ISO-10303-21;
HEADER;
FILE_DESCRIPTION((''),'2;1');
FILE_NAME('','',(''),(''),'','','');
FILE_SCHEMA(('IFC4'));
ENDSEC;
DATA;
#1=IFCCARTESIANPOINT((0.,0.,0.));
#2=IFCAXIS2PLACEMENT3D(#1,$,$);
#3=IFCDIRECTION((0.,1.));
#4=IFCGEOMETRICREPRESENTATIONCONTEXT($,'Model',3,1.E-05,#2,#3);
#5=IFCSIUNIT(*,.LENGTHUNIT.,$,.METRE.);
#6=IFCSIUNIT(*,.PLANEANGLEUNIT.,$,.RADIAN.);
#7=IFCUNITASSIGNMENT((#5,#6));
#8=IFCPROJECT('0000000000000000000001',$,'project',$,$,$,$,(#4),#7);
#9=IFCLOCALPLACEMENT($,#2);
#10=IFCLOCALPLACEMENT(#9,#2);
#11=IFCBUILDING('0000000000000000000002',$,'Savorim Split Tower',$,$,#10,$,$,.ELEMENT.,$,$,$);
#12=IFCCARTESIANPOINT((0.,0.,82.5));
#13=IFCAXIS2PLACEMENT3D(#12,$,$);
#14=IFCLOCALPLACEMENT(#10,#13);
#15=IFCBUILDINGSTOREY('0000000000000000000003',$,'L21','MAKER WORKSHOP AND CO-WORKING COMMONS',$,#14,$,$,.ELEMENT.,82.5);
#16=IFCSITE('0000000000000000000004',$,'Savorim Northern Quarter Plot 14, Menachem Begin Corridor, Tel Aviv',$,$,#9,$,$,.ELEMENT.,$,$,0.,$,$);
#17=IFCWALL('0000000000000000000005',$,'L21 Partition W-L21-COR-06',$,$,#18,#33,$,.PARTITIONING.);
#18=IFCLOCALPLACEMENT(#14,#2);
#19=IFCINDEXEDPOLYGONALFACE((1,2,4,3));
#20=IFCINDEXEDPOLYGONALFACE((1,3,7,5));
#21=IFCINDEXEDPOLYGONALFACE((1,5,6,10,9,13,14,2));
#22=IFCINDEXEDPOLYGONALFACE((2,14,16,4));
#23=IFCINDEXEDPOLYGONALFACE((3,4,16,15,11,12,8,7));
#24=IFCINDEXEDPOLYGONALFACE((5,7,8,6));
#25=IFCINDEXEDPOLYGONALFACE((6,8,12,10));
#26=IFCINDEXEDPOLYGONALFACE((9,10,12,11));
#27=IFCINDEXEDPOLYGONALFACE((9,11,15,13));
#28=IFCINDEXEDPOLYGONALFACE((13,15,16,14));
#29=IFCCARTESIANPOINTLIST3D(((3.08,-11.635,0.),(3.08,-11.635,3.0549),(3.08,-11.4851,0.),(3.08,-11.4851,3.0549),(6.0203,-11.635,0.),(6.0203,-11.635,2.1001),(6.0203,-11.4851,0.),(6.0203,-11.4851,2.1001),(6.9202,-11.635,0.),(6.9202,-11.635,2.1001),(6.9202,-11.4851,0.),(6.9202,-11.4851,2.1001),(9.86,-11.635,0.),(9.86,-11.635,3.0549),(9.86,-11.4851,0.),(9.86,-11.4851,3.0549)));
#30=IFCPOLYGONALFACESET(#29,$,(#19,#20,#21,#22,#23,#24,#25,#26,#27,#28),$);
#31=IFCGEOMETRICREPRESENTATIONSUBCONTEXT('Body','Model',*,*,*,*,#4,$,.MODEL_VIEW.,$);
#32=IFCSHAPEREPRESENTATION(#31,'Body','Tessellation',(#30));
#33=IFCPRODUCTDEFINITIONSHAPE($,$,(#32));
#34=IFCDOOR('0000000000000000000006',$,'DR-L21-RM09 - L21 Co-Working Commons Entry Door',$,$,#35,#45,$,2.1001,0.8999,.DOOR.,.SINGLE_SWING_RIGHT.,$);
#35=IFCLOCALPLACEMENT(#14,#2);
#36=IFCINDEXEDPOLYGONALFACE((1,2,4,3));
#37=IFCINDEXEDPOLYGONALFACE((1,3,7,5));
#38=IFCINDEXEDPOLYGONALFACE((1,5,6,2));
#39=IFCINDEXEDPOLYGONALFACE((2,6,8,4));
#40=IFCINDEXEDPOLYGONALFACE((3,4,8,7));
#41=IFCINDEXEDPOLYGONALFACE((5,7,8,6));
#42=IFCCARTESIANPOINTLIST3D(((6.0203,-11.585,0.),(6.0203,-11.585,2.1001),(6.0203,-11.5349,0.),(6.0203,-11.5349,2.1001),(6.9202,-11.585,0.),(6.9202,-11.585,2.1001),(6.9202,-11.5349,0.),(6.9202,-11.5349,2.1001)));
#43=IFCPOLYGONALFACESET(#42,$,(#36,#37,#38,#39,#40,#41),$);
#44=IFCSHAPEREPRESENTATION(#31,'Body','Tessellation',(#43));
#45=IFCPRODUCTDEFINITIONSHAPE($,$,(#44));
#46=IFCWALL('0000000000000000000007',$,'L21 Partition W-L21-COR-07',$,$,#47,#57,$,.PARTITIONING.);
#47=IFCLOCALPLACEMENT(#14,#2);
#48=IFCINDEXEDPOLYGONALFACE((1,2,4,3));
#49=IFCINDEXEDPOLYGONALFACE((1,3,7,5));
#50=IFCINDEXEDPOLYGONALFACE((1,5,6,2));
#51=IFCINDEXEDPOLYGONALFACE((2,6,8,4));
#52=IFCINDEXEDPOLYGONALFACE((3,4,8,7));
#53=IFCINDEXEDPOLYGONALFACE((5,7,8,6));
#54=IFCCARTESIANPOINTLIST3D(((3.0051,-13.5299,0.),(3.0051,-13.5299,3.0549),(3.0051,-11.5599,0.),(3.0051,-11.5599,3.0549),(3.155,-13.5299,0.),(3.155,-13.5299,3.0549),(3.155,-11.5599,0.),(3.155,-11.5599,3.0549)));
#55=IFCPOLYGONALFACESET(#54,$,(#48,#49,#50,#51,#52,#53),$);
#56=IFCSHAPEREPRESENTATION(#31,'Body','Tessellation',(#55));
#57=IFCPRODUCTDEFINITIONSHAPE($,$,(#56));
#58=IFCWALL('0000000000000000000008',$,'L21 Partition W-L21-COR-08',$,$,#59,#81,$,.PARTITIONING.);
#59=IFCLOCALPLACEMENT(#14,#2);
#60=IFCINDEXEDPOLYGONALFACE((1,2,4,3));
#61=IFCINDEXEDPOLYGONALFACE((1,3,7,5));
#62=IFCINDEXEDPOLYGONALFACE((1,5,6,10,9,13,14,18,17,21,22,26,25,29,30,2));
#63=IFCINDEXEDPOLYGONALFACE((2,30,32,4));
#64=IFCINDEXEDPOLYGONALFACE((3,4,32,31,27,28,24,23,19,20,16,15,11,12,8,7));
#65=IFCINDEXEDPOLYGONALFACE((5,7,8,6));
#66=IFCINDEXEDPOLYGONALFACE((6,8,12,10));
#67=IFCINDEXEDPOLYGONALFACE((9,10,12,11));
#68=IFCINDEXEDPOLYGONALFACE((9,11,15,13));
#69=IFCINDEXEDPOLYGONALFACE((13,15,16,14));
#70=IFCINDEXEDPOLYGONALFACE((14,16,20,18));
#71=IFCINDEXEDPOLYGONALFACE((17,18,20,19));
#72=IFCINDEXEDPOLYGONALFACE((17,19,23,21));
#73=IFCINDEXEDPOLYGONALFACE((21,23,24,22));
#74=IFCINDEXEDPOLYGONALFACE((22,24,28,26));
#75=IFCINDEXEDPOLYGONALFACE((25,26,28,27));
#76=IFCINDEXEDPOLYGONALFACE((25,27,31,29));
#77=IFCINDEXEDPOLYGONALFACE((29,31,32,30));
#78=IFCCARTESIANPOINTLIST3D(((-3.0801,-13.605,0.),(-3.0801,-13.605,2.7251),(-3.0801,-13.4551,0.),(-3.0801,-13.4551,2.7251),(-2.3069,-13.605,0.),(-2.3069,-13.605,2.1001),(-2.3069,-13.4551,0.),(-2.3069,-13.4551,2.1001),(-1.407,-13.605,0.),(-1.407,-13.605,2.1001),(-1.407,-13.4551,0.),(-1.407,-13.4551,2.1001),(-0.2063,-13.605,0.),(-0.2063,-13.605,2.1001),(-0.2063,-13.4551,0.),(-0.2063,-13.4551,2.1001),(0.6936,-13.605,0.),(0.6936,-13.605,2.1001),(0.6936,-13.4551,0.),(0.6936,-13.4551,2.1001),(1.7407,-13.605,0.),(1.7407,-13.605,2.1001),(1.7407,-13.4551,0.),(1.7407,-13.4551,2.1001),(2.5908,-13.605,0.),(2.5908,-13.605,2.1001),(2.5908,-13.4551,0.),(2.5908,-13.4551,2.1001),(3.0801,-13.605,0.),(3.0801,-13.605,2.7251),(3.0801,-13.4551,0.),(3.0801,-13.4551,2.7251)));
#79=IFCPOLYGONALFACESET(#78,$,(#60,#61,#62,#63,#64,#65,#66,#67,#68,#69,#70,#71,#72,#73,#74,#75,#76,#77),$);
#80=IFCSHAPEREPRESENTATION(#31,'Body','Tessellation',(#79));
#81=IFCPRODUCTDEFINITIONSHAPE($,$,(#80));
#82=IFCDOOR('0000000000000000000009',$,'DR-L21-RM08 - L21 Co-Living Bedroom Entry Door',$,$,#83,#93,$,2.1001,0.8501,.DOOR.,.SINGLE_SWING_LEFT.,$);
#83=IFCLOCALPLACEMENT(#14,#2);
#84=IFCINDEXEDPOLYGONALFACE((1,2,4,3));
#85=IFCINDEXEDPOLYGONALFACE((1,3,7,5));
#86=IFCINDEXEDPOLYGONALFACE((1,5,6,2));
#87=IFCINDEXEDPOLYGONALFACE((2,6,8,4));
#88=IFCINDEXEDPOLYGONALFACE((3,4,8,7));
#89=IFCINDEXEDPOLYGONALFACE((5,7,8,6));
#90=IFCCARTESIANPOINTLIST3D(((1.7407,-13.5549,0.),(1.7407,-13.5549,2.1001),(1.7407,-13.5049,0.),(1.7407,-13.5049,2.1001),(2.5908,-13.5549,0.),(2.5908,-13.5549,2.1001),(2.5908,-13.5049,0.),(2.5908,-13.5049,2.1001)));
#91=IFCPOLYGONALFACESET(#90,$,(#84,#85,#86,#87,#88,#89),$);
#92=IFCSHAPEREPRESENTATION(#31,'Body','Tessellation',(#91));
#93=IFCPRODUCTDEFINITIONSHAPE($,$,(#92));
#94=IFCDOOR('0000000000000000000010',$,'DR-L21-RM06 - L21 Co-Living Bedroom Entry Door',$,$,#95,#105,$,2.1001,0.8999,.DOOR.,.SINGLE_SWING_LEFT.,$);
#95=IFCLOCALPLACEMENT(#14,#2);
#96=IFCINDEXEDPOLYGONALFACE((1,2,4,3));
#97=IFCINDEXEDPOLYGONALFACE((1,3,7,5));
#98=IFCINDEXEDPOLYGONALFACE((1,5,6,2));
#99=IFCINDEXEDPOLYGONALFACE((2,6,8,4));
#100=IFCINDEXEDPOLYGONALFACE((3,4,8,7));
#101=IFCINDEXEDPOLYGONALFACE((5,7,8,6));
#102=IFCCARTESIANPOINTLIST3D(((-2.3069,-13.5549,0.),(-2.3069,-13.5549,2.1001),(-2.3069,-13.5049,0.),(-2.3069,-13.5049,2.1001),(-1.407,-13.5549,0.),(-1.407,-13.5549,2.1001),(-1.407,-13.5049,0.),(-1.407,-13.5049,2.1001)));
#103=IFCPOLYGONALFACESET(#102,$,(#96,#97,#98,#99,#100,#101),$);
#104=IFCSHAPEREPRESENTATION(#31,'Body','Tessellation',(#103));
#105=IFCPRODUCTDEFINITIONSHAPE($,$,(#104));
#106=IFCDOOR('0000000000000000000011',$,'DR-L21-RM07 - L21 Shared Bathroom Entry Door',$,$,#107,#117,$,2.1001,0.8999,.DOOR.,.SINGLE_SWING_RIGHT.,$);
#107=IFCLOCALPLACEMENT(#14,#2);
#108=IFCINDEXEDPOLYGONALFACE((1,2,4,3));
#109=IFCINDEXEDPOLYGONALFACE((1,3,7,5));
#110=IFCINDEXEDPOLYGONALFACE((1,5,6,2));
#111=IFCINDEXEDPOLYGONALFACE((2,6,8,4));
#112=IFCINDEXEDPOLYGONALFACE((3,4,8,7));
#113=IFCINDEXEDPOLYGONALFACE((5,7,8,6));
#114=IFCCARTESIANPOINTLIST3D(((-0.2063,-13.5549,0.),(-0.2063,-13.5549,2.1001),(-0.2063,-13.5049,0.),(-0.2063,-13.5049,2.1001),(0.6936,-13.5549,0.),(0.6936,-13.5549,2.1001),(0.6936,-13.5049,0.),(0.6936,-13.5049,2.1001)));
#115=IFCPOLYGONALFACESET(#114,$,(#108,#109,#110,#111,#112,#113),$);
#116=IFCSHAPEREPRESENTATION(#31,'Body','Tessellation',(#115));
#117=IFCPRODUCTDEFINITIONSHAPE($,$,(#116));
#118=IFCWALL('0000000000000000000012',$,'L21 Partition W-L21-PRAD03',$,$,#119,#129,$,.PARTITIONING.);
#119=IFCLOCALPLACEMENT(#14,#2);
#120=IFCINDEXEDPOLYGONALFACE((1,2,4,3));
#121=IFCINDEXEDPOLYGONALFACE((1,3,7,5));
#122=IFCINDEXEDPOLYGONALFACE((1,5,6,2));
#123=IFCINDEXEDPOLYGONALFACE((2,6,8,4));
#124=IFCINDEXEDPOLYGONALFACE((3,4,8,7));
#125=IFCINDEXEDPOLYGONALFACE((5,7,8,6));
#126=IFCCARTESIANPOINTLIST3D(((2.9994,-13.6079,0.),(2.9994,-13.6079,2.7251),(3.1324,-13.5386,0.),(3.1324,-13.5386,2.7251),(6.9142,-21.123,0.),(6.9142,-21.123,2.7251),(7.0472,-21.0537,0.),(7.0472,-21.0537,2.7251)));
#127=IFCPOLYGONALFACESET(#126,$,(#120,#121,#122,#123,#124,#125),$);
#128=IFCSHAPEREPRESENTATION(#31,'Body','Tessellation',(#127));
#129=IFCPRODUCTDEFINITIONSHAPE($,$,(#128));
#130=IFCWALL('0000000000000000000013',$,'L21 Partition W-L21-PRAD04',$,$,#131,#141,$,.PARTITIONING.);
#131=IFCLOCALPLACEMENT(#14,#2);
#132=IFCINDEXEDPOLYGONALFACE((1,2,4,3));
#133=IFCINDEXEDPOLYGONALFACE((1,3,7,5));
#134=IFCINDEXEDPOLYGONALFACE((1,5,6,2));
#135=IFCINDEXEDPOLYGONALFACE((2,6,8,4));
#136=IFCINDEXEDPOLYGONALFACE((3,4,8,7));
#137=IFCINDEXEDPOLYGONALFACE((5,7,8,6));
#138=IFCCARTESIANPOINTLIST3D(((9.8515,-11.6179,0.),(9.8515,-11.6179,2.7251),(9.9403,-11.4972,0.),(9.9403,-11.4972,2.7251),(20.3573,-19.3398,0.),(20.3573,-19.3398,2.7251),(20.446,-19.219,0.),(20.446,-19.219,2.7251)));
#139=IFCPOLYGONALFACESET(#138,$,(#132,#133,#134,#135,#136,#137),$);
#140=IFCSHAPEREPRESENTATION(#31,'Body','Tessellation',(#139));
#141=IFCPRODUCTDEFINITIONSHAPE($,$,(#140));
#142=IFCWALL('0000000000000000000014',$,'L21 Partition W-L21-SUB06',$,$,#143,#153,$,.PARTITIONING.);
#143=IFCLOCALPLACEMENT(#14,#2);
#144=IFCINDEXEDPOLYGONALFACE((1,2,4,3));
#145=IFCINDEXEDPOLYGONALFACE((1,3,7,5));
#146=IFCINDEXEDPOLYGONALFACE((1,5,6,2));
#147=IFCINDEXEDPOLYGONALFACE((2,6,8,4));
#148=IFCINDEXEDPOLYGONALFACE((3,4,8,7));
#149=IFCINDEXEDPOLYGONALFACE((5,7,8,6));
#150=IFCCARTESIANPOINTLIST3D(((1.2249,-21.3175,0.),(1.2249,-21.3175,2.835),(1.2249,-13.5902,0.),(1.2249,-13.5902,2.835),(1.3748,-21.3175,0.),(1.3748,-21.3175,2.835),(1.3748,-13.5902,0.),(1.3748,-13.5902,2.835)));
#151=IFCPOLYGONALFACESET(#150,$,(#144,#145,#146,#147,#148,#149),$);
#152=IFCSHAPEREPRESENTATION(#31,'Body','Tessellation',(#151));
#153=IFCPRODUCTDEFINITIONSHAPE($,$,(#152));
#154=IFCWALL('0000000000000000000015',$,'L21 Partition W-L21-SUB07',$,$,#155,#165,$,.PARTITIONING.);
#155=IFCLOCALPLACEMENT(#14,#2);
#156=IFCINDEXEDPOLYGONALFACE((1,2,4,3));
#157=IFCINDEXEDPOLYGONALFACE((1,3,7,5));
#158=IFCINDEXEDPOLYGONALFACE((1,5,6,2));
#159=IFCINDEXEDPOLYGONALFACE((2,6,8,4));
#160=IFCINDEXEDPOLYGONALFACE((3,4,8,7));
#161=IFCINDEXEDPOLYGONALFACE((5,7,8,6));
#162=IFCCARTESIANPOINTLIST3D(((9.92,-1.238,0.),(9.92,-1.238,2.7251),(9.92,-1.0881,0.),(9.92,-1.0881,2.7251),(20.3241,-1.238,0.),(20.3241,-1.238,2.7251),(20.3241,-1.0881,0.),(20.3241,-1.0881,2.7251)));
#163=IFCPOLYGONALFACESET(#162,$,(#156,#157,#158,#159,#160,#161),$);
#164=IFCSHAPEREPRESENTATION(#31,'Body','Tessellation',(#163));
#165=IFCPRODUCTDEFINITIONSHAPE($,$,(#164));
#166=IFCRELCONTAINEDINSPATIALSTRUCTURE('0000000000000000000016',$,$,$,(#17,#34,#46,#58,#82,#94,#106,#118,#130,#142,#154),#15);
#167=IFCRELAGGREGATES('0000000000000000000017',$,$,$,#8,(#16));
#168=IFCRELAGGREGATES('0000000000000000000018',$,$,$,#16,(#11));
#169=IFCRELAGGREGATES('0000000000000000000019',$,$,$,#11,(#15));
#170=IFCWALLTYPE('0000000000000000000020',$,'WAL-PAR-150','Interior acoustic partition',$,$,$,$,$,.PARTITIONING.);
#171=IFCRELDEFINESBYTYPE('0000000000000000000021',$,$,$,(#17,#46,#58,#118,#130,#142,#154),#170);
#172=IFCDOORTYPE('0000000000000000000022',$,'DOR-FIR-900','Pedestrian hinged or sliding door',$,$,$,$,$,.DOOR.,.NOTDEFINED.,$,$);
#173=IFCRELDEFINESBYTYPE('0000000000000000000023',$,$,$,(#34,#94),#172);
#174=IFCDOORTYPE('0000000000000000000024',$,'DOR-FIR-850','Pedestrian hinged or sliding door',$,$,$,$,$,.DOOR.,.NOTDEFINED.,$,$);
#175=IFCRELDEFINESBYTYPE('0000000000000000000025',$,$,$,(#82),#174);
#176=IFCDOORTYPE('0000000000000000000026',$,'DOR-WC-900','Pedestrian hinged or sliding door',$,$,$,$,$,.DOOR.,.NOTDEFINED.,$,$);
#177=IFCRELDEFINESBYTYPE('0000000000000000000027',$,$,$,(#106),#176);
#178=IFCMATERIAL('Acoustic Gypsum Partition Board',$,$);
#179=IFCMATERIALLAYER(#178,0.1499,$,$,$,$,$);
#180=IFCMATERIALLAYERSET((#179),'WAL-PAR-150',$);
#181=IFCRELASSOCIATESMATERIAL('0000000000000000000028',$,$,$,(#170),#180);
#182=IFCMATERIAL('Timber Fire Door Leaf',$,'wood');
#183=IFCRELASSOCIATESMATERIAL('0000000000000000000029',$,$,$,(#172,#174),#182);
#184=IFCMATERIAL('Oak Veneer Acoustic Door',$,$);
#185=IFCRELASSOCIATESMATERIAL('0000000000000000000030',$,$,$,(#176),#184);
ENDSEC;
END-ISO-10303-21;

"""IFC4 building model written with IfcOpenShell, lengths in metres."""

from ifc_helpers import new_model, si_unit, direction, frame, frame_2d, origin, place, context, subcontext, project, spatial, rectangle, extrude, material, layer, layer_set, type_object, element, fill, save


model = new_model("IFC4")

# Units and contexts
model_context = context("Model", 3, precision=1e-05, world=origin(), true_north=direction((0.0, 1.0)))
body_context = subcontext(model_context, "Body", "Model", "MODEL_VIEW")
ifc_project = project(units=[si_unit("LENGTHUNIT", "METRE"), si_unit("PLANEANGLEUNIT", "RADIAN")], contexts=[model_context])

# Site, building, storey
site_placement = place(None, origin())
site = spatial("IfcSite", under=ifc_project, at=site_placement, Name="Savorim Northern Quarter Plot 14, Menachem Begin Corridor, Tel Aviv", CompositionType="ELEMENT", RefElevation=0.0)
building_placement = place(site_placement, origin())
building = spatial("IfcBuilding", under=site, at=building_placement, Name="Savorim Split Tower", CompositionType="ELEMENT")
storey_placement = place(building_placement, frame((0.0, 0.0, 82.5)))
storey = spatial("IfcBuildingStorey", under=building, at=storey_placement, Name="L21", Description="MAKER WORKSHOP AND CO-WORKING COMMONS", CompositionType="ELEMENT", Elevation=82.5)

# Shared definitions
ifc_material_1 = material(Name="Acoustic Gypsum Partition Board")
ifc_layer_1 = layer(ifc_material_1, 0.1499)
ifc_layer_set_1 = layer_set([ifc_layer_1], Name="WAL-PAR-150")
wall_type_1 = type_object("IfcWallType", Name="WAL-PAR-150", Description="Interior acoustic partition", PredefinedType="PARTITIONING", material=ifc_layer_set_1)

# Wall, opening, door
ifc_material_2 = material(Name="Timber Fire Door Leaf", Category="wood")
door_type_1 = type_object("IfcDoorType", Name="DOR-FIR-900", Description="Pedestrian hinged or sliding door", OperationType="NOTDEFINED", PredefinedType="DOOR", material=ifc_material_2)
wall_1_placement = place(storey_placement, frame((9.8601, -11.5601, 0.0), z_axis=(0.0, 0.0, 1.0), x_axis=(-1.0, 0.0, 0.0)))
wall_1 = element("IfcWall", 1, at=wall_1_placement, inside=storey, type_object=wall_type_1, Name="L21 Partition W-L21-COR-06", PredefinedType="PARTITIONING", context=body_context, shape_type="SweptSolid", body=[
    extrude(rectangle(XDim=6.78, YDim=0.1499, at=frame_2d((3.3901, 0.0))), origin(), (0.0, 0.0, 1.0), 3.0549),
])
opening_1_placement = place(wall_1_placement, frame((2.9399, 0.0, 0.0)))
opening_1 = element("IfcOpeningElement", 2, at=opening_1_placement, cuts=wall_1, PredefinedType="OPENING", context=body_context, shape_type="SweptSolid", body=[
    extrude(rectangle(XDim=0.8999, YDim=2.1001, at=frame_2d((0.45, 1.05))), frame((0.0, 0.085, 0.0), z_axis=(0.0, -1.0, 0.0), x_axis=(1.0, 0.0, 0.0)), (0.0, 0.0, 1.0), 0.1699),
])
door_1_placement = place(opening_1_placement, origin())
door_1 = element("IfcDoor", 3, at=door_1_placement, inside=storey, type_object=door_type_1, Name="DR-L21-RM09 - L21 Co-Working Commons Entry Door", OperationType="SINGLE_SWING_RIGHT", OverallHeight=2.1001, OverallWidth=0.8999, PredefinedType="DOOR", context=body_context, shape_type="SweptSolid", body=[
    extrude(rectangle(XDim=0.8999, YDim=2.1001, at=frame_2d((0.45, 1.05))), frame((0.0, 0.0249, 0.0), z_axis=(0.0, -1.0, 0.0), x_axis=(1.0, 0.0, 0.0)), (0.0, 0.0, 1.0), 0.05),
])
fill(opening_1, door_1)

# Wall
wall_2_placement = place(storey_placement, frame((3.0801, -11.5601, 0.0), z_axis=(0.0, 0.0, 1.0), x_axis=(0.0, -1.0, 0.0)))
element("IfcWall", 4, at=wall_2_placement, inside=storey, type_object=wall_type_1, Name="L21 Partition W-L21-COR-07", PredefinedType="PARTITIONING", context=body_context, shape_type="SweptSolid", body=[
    extrude(rectangle(XDim=1.97, YDim=0.1499, at=frame_2d((0.9849, 0.0))), origin(), (0.0, 0.0, 1.0), 3.0549),
])

# Wall, openings, doors
wall_3_placement = place(storey_placement, frame((3.0801, -13.53, 0.0), z_axis=(0.0, 0.0, 1.0), x_axis=(-1.0, 0.0, 0.0)))
wall_3 = element("IfcWall", 5, at=wall_3_placement, inside=storey, type_object=wall_type_1, Name="L21 Partition W-L21-COR-08", PredefinedType="PARTITIONING", context=body_context, shape_type="SweptSolid", body=[
    extrude(rectangle(XDim=6.1602, YDim=0.1499, at=frame_2d((3.0801, 0.0))), origin(), (0.0, 0.0, 1.0), 2.7251),
])
opening_2_placement = place(wall_3_placement, frame((4.4871, 0.0, 0.0)))
opening_2 = element("IfcOpeningElement", 6, at=opening_2_placement, cuts=wall_3, PredefinedType="OPENING", context=body_context, shape_type="SweptSolid", body=[
    extrude(rectangle(XDim=0.8999, YDim=2.1001, at=frame_2d((0.45, 1.05))), frame((0.0, 0.085, 0.0), z_axis=(0.0, -1.0, 0.0), x_axis=(1.0, 0.0, 0.0)), (0.0, 0.0, 1.0), 0.1699),
])
opening_3_placement = place(wall_3_placement, frame((2.3865, 0.0, 0.0)))
opening_3 = element("IfcOpeningElement", 7, at=opening_3_placement, cuts=wall_3, PredefinedType="OPENING", context=body_context, shape_type="SweptSolid", body=[
    extrude(rectangle(XDim=0.8999, YDim=2.1001, at=frame_2d((0.45, 1.05))), frame((0.0, 0.085, 0.0), z_axis=(0.0, -1.0, 0.0), x_axis=(1.0, 0.0, 0.0)), (0.0, 0.0, 1.0), 0.1699),
])
opening_4_placement = place(wall_3_placement, frame((0.4893, 0.0, 0.0)))
opening_4 = element("IfcOpeningElement", 8, at=opening_4_placement, cuts=wall_3, PredefinedType="OPENING", context=body_context, shape_type="SweptSolid", body=[
    extrude(rectangle(XDim=0.8501, YDim=2.1001, at=frame_2d((0.425, 1.05))), frame((0.0, 0.085, 0.0), z_axis=(0.0, -1.0, 0.0), x_axis=(1.0, 0.0, 0.0)), (0.0, 0.0, 1.0), 0.1699),
])
door_type_2 = type_object("IfcDoorType", Name="DOR-FIR-850", Description="Pedestrian hinged or sliding door", OperationType="NOTDEFINED", PredefinedType="DOOR", material=ifc_material_2)
door_2_placement = place(opening_4_placement, origin())
door_2 = element("IfcDoor", 9, at=door_2_placement, inside=storey, type_object=door_type_2, Name="DR-L21-RM08 - L21 Co-Living Bedroom Entry Door", OperationType="SINGLE_SWING_LEFT", OverallHeight=2.1001, OverallWidth=0.8501, PredefinedType="DOOR", context=body_context, shape_type="SweptSolid", body=[
    extrude(rectangle(XDim=0.8501, YDim=2.1001, at=frame_2d((0.425, 1.05))), frame((0.0, 0.0249, 0.0), z_axis=(0.0, -1.0, 0.0), x_axis=(1.0, 0.0, 0.0)), (0.0, 0.0, 1.0), 0.05),
])
fill(opening_4, door_2)
door_3_placement = place(opening_2_placement, origin())
door_3 = element("IfcDoor", 10, at=door_3_placement, inside=storey, type_object=door_type_1, Name="DR-L21-RM06 - L21 Co-Living Bedroom Entry Door", OperationType="SINGLE_SWING_LEFT", OverallHeight=2.1001, OverallWidth=0.8999, PredefinedType="DOOR", context=body_context, shape_type="SweptSolid", body=[
    extrude(rectangle(XDim=0.8999, YDim=2.1001, at=frame_2d((0.45, 1.05))), frame((0.0, 0.0249, 0.0), z_axis=(0.0, -1.0, 0.0), x_axis=(1.0, 0.0, 0.0)), (0.0, 0.0, 1.0), 0.05),
])
fill(opening_2, door_3)
ifc_material_3 = material(Name="Oak Veneer Acoustic Door")
door_type_3 = type_object("IfcDoorType", Name="DOR-WC-900", Description="Pedestrian hinged or sliding door", OperationType="NOTDEFINED", PredefinedType="DOOR", material=ifc_material_3)
door_4_placement = place(opening_3_placement, origin())
door_4 = element("IfcDoor", 11, at=door_4_placement, inside=storey, type_object=door_type_3, Name="DR-L21-RM07 - L21 Shared Bathroom Entry Door", OperationType="SINGLE_SWING_RIGHT", OverallHeight=2.1001, OverallWidth=0.8999, PredefinedType="DOOR", context=body_context, shape_type="SweptSolid", body=[
    extrude(rectangle(XDim=0.8999, YDim=2.1001, at=frame_2d((0.45, 1.05))), frame((0.0, 0.0249, 0.0), z_axis=(0.0, -1.0, 0.0), x_axis=(1.0, 0.0, 0.0)), (0.0, 0.0, 1.0), 0.05),
])
fill(opening_3, door_4)

# Walls
wall_4_placement = place(storey_placement, frame((3.0659, -13.5732, 0.0), z_axis=(0.0, 0.0, 1.0), x_axis=(0.461996, -0.886882, 0.0)))
element("IfcWall", 12, at=wall_4_placement, inside=storey, type_object=wall_type_1, Name="L21 Partition W-L21-PRAD03", PredefinedType="PARTITIONING", context=body_context, shape_type="SweptSolid", body=[
    extrude(rectangle(XDim=8.4736, YDim=0.1499, at=frame_2d((4.2368, 0.0))), origin(), (0.0, 0.0, 1.0), 2.7251),
])
wall_5_placement = place(storey_placement, frame((9.896, -11.5576, 0.0), z_axis=(0.0, 0.0, 1.0), x_axis=(0.80576, -0.592242, 0.0)))
element("IfcWall", 13, at=wall_5_placement, inside=storey, type_object=wall_type_1, Name="L21 Partition W-L21-PRAD04", PredefinedType="PARTITIONING", context=body_context, shape_type="SweptSolid", body=[
    extrude(rectangle(XDim=13.0383, YDim=0.1499, at=frame_2d((6.519, 0.0))), origin(), (0.0, 0.0, 1.0), 2.7251),
])
wall_6_placement = place(storey_placement, frame((1.2998, -13.5901, 0.0), z_axis=(0.0, 0.0, 1.0), x_axis=(0.0, -1.0, 0.0)))
element("IfcWall", 14, at=wall_6_placement, inside=storey, type_object=wall_type_1, Name="L21 Partition W-L21-SUB06", PredefinedType="PARTITIONING", context=body_context, shape_type="SweptSolid", body=[
    extrude(rectangle(XDim=7.7273, YDim=0.1499, at=frame_2d((3.8638, 0.0))), origin(), (0.0, 0.0, 1.0), 2.835),
])
wall_7_placement = place(storey_placement, frame((9.9199, -1.1631, 0.0), z_axis=(0.0, 0.0, 1.0), x_axis=(1.0, 0.0, 0.0)))
element("IfcWall", 15, at=wall_7_placement, inside=storey, type_object=wall_type_1, Name="L21 Partition W-L21-SUB07", PredefinedType="PARTITIONING", context=body_context, shape_type="SweptSolid", body=[
    extrude(rectangle(XDim=10.4041, YDim=0.1499, at=frame_2d((5.2021, 0.0))), origin(), (0.0, 0.0, 1.0), 2.7251),
])

save(model, "model.ifc")
